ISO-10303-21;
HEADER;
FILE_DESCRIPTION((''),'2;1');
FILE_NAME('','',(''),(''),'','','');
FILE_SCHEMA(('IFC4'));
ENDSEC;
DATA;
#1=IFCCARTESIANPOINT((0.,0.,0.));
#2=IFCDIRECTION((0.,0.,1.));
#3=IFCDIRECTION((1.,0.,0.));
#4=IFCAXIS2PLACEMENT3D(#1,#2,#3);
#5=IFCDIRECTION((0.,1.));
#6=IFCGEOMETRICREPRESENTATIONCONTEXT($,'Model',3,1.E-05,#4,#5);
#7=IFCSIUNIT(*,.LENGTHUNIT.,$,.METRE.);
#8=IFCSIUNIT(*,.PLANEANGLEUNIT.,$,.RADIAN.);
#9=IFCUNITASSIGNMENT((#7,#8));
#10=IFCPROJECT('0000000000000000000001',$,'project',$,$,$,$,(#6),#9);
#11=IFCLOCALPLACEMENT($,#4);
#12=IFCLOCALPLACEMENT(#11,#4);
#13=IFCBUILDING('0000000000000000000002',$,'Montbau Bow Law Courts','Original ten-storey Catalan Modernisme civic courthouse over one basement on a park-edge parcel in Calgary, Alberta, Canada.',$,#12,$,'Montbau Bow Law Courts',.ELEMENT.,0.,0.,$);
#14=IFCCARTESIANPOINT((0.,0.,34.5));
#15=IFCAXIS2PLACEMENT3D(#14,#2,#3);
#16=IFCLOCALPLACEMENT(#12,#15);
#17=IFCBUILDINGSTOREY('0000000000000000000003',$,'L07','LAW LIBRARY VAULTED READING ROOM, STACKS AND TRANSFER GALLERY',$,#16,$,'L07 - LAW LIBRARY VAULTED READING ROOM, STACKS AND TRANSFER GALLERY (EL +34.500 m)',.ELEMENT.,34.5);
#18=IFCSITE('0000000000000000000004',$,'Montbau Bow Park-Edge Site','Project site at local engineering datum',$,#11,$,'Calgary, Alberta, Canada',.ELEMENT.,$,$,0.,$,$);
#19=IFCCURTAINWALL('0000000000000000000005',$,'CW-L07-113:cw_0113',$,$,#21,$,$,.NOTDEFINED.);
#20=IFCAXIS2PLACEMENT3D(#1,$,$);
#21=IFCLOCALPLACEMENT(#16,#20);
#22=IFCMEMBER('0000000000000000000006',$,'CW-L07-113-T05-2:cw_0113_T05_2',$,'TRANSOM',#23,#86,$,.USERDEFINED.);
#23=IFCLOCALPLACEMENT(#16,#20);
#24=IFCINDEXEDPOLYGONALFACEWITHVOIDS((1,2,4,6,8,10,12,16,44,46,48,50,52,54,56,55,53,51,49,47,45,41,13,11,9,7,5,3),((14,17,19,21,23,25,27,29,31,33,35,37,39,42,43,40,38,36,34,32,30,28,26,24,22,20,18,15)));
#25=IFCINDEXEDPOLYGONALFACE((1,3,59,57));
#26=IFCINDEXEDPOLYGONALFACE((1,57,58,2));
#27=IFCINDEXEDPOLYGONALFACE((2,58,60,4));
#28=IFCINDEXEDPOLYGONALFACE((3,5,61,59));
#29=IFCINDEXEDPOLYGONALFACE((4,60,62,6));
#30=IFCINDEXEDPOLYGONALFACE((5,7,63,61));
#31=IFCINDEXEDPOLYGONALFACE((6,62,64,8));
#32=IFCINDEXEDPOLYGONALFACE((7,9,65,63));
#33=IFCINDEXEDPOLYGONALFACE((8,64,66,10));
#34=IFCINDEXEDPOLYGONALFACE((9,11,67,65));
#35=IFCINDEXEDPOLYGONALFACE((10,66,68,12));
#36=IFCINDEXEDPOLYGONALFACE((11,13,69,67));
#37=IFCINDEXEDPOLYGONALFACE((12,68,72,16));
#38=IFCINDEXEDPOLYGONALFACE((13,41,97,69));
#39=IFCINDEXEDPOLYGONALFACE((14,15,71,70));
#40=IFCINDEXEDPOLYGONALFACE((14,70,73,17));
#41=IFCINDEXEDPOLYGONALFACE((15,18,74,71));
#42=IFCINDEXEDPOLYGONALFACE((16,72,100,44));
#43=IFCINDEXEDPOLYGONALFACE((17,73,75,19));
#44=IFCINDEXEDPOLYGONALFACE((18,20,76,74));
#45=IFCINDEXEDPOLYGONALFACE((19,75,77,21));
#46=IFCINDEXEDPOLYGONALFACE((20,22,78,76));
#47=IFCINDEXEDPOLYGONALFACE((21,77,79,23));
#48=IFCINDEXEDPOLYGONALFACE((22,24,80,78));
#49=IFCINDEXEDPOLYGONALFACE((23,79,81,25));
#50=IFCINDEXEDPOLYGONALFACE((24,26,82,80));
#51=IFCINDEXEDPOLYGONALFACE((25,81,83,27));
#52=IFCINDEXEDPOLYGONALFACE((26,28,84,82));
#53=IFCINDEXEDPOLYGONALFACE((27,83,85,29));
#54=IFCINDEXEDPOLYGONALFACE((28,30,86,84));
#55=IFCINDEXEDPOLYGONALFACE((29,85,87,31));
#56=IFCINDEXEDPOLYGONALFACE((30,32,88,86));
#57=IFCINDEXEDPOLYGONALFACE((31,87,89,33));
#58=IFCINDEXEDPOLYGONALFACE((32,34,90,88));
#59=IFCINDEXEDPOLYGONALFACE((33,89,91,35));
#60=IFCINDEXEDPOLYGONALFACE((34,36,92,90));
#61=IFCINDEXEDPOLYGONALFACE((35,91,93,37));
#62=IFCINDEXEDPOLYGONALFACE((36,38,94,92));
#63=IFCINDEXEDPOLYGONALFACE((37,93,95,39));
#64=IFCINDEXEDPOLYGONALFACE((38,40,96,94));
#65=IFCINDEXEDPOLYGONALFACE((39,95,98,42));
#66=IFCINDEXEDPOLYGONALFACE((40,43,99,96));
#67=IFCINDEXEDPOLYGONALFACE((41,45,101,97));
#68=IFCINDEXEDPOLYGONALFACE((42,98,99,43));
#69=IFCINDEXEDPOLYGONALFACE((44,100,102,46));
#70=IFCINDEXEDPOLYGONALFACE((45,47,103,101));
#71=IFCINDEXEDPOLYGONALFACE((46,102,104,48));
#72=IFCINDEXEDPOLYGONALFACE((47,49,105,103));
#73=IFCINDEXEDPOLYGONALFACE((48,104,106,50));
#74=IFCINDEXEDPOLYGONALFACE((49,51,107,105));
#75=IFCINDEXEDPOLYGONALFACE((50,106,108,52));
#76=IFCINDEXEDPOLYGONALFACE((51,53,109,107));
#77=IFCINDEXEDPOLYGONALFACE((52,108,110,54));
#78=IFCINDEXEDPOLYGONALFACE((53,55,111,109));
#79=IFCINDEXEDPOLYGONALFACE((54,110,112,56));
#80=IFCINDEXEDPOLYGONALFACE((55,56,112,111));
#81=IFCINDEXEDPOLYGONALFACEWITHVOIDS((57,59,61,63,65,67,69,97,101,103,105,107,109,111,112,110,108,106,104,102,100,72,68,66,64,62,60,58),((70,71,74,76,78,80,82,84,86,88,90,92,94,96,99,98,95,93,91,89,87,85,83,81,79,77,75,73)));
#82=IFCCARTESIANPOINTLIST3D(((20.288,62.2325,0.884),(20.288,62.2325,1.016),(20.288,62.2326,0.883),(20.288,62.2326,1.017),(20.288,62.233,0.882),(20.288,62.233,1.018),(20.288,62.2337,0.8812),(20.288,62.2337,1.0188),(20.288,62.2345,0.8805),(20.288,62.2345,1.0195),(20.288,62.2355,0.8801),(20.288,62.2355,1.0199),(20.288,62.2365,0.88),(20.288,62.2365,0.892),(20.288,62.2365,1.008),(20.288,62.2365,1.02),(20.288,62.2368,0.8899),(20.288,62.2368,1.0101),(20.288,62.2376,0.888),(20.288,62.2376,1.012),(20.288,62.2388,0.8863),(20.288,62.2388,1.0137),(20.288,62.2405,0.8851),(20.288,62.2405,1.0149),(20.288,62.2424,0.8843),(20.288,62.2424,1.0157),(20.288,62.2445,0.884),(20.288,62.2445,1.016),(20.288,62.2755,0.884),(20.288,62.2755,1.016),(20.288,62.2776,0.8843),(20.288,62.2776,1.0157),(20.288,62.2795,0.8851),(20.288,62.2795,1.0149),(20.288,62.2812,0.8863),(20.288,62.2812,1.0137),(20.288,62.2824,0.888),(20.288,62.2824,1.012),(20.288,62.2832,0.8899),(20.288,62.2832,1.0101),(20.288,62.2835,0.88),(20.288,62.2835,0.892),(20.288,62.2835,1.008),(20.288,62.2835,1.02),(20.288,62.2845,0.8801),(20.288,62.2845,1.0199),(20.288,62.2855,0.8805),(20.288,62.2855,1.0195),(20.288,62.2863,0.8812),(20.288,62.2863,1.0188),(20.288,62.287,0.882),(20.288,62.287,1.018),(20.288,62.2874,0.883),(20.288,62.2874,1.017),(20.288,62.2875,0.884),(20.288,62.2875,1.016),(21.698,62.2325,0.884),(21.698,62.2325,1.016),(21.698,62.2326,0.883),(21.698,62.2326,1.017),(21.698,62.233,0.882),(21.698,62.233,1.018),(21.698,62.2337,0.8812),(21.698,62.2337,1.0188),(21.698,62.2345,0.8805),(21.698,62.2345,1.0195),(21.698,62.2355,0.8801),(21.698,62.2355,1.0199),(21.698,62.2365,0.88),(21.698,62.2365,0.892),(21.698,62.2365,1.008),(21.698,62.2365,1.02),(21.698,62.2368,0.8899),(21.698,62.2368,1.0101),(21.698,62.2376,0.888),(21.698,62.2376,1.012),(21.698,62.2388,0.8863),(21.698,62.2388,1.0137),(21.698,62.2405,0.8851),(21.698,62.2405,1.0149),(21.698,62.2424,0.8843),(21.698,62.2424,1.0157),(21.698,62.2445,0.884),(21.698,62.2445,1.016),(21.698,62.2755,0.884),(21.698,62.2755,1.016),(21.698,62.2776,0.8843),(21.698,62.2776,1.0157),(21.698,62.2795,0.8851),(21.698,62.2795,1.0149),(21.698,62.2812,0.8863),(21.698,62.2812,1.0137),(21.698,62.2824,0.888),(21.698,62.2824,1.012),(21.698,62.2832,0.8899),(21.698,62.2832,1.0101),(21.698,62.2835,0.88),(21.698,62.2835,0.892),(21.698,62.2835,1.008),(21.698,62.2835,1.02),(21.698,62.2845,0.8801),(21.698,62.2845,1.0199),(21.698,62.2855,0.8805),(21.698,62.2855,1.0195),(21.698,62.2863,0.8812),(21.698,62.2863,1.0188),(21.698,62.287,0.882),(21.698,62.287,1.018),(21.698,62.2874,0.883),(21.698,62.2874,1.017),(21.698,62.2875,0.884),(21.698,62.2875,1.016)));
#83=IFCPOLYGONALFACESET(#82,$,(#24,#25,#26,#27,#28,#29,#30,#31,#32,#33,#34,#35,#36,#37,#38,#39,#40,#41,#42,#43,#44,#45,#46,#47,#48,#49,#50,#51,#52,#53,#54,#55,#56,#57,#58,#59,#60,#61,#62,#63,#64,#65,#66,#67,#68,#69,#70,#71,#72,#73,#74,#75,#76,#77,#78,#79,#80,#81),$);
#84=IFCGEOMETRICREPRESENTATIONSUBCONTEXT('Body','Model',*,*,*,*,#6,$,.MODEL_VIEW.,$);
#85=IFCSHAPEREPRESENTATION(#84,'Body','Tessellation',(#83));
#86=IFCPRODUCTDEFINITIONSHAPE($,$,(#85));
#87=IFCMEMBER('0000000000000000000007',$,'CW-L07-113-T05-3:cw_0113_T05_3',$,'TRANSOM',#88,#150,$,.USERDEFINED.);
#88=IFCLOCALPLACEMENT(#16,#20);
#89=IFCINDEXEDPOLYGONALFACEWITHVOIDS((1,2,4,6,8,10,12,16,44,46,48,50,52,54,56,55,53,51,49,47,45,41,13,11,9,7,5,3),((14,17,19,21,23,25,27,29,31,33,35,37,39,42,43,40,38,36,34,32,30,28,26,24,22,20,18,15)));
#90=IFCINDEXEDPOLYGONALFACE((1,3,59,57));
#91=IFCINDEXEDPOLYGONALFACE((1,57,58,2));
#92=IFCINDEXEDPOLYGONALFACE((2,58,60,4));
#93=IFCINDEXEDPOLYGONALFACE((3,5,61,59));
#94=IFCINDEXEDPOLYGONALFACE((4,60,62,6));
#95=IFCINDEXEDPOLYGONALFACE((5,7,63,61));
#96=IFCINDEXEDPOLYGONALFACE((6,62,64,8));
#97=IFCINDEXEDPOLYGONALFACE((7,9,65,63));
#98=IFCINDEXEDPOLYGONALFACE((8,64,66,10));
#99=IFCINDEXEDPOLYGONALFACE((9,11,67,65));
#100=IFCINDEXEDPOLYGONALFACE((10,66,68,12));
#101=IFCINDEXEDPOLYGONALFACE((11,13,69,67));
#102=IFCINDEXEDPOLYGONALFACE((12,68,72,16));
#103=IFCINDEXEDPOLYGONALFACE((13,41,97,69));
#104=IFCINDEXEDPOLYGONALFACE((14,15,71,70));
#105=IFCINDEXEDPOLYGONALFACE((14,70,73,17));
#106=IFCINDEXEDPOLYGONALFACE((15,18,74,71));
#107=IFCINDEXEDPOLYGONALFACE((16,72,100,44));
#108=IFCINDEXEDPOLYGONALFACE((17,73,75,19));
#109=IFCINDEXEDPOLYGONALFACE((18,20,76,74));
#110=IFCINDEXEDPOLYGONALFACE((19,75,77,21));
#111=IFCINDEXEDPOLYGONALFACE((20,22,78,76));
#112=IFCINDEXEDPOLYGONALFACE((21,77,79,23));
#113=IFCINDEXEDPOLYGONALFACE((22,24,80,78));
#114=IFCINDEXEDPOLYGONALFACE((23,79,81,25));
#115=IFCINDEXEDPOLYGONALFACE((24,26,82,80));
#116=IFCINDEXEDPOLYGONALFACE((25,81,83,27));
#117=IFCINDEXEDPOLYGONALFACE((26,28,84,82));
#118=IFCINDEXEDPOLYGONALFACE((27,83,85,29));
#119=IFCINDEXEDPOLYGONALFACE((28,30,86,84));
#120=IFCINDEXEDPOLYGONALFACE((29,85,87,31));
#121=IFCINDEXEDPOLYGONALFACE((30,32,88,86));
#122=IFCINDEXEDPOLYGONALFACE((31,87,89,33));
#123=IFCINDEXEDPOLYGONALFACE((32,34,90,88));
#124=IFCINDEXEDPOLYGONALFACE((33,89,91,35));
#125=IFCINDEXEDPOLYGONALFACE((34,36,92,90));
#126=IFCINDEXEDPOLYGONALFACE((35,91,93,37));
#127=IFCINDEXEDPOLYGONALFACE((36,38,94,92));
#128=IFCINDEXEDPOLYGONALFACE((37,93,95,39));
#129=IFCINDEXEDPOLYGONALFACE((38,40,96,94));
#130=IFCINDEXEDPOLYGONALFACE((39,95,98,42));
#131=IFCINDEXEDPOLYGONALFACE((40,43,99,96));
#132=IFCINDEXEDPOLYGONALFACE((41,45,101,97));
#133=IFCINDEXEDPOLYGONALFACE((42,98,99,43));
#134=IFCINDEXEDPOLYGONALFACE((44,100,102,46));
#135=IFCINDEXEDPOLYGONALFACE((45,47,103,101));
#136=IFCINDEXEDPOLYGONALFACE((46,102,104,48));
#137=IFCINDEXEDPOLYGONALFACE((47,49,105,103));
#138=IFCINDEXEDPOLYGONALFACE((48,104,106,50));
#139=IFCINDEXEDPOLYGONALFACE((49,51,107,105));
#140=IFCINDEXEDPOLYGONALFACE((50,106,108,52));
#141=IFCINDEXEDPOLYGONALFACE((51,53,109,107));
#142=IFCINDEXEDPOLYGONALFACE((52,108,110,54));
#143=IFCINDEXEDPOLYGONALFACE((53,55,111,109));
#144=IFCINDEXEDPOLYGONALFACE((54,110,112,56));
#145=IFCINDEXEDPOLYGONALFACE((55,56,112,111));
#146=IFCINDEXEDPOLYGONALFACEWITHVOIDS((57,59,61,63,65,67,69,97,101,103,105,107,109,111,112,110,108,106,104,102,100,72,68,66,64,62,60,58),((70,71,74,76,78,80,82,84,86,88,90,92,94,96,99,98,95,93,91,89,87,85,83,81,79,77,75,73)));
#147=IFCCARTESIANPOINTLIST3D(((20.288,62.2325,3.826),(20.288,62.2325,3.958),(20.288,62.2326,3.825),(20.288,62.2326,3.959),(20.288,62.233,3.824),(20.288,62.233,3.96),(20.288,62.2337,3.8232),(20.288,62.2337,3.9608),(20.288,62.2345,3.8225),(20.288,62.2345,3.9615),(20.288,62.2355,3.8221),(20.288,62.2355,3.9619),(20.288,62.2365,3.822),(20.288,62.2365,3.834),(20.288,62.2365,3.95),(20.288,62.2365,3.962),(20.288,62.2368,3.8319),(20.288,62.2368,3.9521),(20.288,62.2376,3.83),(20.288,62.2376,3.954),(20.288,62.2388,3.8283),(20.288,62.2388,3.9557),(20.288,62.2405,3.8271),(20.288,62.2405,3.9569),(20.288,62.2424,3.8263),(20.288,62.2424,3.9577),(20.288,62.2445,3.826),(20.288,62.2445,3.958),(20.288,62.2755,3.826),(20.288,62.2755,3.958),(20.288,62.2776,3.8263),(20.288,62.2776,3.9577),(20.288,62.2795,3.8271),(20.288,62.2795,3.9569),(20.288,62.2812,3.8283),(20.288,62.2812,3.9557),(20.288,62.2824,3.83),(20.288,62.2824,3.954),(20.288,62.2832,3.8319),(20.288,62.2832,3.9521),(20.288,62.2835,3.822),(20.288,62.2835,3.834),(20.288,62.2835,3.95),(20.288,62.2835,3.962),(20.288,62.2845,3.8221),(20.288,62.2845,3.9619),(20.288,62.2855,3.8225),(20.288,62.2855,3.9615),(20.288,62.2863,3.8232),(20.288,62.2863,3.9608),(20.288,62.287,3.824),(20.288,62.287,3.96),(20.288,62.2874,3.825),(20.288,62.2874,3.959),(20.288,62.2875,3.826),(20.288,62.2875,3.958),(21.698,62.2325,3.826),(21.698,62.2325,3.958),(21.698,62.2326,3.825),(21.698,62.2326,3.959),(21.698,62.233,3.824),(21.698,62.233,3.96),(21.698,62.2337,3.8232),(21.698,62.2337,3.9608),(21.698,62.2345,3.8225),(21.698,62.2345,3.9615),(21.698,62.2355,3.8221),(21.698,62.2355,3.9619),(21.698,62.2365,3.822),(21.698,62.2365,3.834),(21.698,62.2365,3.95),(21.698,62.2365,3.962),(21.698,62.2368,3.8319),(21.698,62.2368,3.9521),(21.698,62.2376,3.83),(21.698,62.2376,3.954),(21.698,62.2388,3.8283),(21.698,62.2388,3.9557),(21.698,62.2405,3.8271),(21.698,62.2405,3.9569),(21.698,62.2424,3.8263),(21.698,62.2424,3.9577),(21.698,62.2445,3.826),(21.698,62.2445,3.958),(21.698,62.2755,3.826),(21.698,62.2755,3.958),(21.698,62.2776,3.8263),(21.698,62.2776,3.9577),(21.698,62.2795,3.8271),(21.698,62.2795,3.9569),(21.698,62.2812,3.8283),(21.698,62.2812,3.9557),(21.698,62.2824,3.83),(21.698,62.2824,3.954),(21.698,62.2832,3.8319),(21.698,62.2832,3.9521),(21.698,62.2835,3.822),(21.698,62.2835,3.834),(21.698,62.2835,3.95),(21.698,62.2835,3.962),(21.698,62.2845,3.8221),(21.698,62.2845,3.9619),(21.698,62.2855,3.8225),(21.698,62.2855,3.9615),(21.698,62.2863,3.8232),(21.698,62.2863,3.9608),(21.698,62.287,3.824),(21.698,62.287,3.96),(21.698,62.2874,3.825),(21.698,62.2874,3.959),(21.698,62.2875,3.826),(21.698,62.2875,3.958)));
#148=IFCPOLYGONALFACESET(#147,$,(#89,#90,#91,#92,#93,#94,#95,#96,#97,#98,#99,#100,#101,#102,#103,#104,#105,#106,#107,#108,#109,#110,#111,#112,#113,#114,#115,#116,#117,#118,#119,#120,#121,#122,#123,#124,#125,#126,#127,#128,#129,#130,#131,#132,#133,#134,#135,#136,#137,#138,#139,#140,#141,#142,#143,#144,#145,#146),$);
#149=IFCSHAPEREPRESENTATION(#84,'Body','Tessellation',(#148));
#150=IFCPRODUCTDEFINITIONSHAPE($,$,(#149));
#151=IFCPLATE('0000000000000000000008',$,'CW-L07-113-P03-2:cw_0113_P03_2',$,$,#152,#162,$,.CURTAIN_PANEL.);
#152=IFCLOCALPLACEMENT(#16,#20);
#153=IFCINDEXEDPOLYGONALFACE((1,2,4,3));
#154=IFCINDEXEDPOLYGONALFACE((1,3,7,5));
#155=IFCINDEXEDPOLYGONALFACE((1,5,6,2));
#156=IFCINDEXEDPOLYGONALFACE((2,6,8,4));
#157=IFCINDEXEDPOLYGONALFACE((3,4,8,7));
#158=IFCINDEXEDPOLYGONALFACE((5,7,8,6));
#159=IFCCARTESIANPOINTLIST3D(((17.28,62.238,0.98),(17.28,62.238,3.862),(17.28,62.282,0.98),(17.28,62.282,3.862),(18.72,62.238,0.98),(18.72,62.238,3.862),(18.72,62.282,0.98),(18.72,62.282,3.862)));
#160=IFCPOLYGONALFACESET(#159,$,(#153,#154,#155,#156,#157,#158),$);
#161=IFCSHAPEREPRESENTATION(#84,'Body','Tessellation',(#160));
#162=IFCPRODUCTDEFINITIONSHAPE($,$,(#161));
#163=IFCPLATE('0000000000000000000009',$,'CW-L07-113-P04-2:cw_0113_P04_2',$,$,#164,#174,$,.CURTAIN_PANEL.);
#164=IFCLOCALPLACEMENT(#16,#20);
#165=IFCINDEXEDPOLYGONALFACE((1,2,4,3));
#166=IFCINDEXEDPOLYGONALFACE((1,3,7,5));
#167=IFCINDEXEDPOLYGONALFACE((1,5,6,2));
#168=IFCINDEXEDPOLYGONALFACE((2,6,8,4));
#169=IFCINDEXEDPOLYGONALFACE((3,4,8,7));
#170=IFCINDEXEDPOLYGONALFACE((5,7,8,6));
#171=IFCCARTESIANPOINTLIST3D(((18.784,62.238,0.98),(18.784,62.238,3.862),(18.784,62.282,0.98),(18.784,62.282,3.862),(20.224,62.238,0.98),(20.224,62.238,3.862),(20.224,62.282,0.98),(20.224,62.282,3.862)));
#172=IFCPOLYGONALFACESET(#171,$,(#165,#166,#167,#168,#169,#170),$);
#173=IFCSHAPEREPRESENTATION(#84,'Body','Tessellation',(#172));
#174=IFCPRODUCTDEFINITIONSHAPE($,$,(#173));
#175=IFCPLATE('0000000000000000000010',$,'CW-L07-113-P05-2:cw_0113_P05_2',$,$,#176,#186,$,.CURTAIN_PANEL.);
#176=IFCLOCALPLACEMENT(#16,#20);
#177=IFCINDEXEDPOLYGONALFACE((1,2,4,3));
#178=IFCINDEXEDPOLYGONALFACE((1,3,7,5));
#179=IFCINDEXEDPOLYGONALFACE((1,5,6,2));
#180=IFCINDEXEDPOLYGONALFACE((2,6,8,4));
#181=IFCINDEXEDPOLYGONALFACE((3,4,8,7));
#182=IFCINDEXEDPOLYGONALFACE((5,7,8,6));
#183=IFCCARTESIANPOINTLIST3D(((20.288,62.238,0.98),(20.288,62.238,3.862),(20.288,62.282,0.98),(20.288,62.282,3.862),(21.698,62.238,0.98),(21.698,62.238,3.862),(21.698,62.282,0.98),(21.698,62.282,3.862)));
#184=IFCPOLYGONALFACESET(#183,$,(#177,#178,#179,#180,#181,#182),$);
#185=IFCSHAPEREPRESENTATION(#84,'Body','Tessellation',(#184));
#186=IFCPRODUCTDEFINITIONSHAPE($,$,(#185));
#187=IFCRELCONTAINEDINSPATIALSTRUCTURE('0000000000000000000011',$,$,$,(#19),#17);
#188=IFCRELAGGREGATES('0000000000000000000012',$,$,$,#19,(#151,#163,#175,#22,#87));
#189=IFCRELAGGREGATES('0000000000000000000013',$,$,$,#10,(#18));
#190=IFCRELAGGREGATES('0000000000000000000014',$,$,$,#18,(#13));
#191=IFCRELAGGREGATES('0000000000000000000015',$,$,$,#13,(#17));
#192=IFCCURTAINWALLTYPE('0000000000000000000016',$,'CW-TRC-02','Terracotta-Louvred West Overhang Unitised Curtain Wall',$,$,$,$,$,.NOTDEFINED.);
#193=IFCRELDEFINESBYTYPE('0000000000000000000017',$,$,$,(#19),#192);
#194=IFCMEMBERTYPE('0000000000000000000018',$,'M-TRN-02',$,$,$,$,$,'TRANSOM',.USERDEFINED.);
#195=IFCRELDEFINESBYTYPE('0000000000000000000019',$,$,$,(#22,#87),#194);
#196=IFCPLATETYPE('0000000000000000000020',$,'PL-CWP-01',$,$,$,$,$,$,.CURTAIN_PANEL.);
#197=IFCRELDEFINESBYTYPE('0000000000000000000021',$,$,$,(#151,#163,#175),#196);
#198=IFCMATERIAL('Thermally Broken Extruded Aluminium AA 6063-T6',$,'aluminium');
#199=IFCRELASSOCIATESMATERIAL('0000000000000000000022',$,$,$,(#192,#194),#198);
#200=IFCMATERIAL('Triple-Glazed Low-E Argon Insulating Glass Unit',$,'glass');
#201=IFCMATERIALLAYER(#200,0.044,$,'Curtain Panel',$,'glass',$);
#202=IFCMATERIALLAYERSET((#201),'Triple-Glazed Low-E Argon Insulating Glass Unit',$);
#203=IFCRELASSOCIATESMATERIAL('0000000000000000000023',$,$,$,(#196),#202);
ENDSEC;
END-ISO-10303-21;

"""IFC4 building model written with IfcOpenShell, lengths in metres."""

from ifc_helpers import new_model, si_unit, direction, frame, frame_2d, origin_with_axes, origin_2d_with_axis, place, context, subcontext, project, spatial, rectangle, hollow_rectangle, extrude, material, layer, layer_set, material_profile, profile_set, type_object, element, aggregate, save


model = new_model("IFC4")

# Units and contexts
model_context = context("Model", 3, precision=1e-05, world=origin_with_axes(), true_north=direction((0.0, 1.0)))
body_context = subcontext(model_context, "Body", "Model", "MODEL_VIEW")
ifc_project = project(units=[si_unit("LENGTHUNIT", "METRE"), si_unit("PLANEANGLEUNIT", "RADIAN")], contexts=[model_context])

# Site, building, storey
site_placement = place(None, origin_with_axes())
site = spatial("IfcSite", under=ifc_project, at=site_placement, Name="Montbau Bow Park-Edge Site", Description="Project site at local engineering datum", LongName="Calgary, Alberta, Canada", CompositionType="ELEMENT", RefElevation=0.0)
building_placement = place(site_placement, origin_with_axes())
building = spatial("IfcBuilding", under=site, at=building_placement, Name="Montbau Bow Law Courts", Description="Original ten-storey Catalan Modernisme civic courthouse over one basement on a park-edge parcel in Calgary, Alberta, Canada.", LongName="Montbau Bow Law Courts", CompositionType="ELEMENT", ElevationOfRefHeight=0.0, ElevationOfTerrain=0.0)
storey_placement = place(building_placement, frame((0.0, 0.0, 34.5), z_axis=(0.0, 0.0, 1.0), x_axis=(1.0, 0.0, 0.0)))
storey = spatial("IfcBuildingStorey", under=building, at=storey_placement, Name="L07", Description="LAW LIBRARY VAULTED READING ROOM, STACKS AND TRANSFER GALLERY", LongName="L07 - LAW LIBRARY VAULTED READING ROOM, STACKS AND TRANSFER GALLERY (EL +34.500 m)", CompositionType="ELEMENT", Elevation=34.5)

# Curtain wall, members, plates
ifc_material_1 = material(Name="Thermally Broken Extruded Aluminium AA 6063-T6", Category="aluminium")
curtain_wall_type = type_object("IfcCurtainWallType", Name="CW-TRC-02", Description="Terracotta-Louvred West Overhang Unitised Curtain Wall", PredefinedType="NOTDEFINED", material=ifc_material_1)
curtain_wall_placement = place(None, frame((14.24, 62.26, 34.5), z_axis=(0.0, 0.0, 1.0), x_axis=(1.0, 0.0, 0.0)))
curtain_wall = element("IfcCurtainWall", 1, at=curtain_wall_placement, inside=storey, type_object=curtain_wall_type, Name="CW-L07-113:cw_0113", PredefinedType="NOTDEFINED")
ifc_material_profile_1 = material_profile(ifc_material_1, hollow_rectangle(XDim=0.055, YDim=0.14, WallThickness=0.004, InnerFilletRadius=0.008, OuterFilletRadius=0.004, at=origin_2d_with_axis()), Name="CWT-140X55", Category="Main", Priority=0)
ifc_profile_set_1 = profile_set([ifc_material_profile_1], Name="Thermally Broken Extruded Aluminium AA 6063-T6")
member_type_1 = type_object("IfcMemberType", Name="M-TRN-02", ElementType="TRANSOM", PredefinedType="USERDEFINED", material=ifc_profile_set_1)
member_1_placement = place(None, frame((20.288, 62.26, 35.45), z_axis=(1.0, 0.0, 0.0), x_axis=(0.0, 1.0, 0.0)))
member_1 = element("IfcMember", 2, at=member_1_placement, type_object=member_type_1, Name="CW-L07-113-T05-2:cw_0113_T05_2", ObjectType="TRANSOM", PredefinedType="USERDEFINED", context=body_context, shape_type="SweptSolid", body=[
    extrude(hollow_rectangle(XDim=0.055, YDim=0.14, WallThickness=0.004, InnerFilletRadius=0.008, OuterFilletRadius=0.004, at=origin_2d_with_axis()), origin_with_axes(), (0.0, 0.0, 1.0), 1.41),
])
member_2_placement = place(None, frame((20.288, 62.26, 38.392), z_axis=(1.0, 0.0, 0.0), x_axis=(0.0, 1.0, 0.0)))
member_2 = element("IfcMember", 3, at=member_2_placement, type_object=member_type_1, Name="CW-L07-113-T05-3:cw_0113_T05_3", ObjectType="TRANSOM", PredefinedType="USERDEFINED", context=body_context, shape_type="SweptSolid", body=[
    extrude(hollow_rectangle(XDim=0.055, YDim=0.14, WallThickness=0.004, InnerFilletRadius=0.008, OuterFilletRadius=0.004, at=origin_2d_with_axis()), origin_with_axes(), (0.0, 0.0, 1.0), 1.41),
])
ifc_material_2 = material(Name="Triple-Glazed Low-E Argon Insulating Glass Unit", Category="glass")
ifc_layer_1 = layer(ifc_material_2, 0.044, Name="Curtain Panel", Category="glass")
ifc_layer_set_1 = layer_set([ifc_layer_1], Name="Triple-Glazed Low-E Argon Insulating Glass Unit")
plate_type_1 = type_object("IfcPlateType", Name="PL-CWP-01", PredefinedType="CURTAIN_PANEL", material=ifc_layer_set_1)
plate_1_placement = place(None, frame((17.28, 62.26, 35.48), z_axis=(0.0, -1.0, 0.0), x_axis=(1.0, 0.0, 0.0)))
plate_1 = element("IfcPlate", 4, at=plate_1_placement, type_object=plate_type_1, Name="CW-L07-113-P03-2:cw_0113_P03_2", PredefinedType="CURTAIN_PANEL", context=body_context, shape_type="SweptSolid", body=[
    extrude(rectangle(XDim=1.44, YDim=2.882, at=frame_2d((0.72, 1.441), x_axis=(1.0, 0.0))), frame((0.0, 0.0, -0.022), z_axis=(0.0, 0.0, 1.0), x_axis=(1.0, 0.0, 0.0)), (0.0, 0.0, 1.0), 0.044),
])
plate_2_placement = place(None, frame((18.784, 62.26, 35.48), z_axis=(0.0, -1.0, 0.0), x_axis=(1.0, 0.0, 0.0)))
plate_2 = element("IfcPlate", 5, at=plate_2_placement, type_object=plate_type_1, Name="CW-L07-113-P04-2:cw_0113_P04_2", PredefinedType="CURTAIN_PANEL", context=body_context, shape_type="SweptSolid", body=[
    extrude(rectangle(XDim=1.44, YDim=2.882, at=frame_2d((0.72, 1.441), x_axis=(1.0, 0.0))), frame((0.0, 0.0, -0.022), z_axis=(0.0, 0.0, 1.0), x_axis=(1.0, 0.0, 0.0)), (0.0, 0.0, 1.0), 0.044),
])
plate_3_placement = place(None, frame((20.288, 62.26, 35.48), z_axis=(0.0, -1.0, 0.0), x_axis=(1.0, 0.0, 0.0)))
plate_3 = element("IfcPlate", 6, at=plate_3_placement, type_object=plate_type_1, Name="CW-L07-113-P05-2:cw_0113_P05_2", PredefinedType="CURTAIN_PANEL", context=body_context, shape_type="SweptSolid", body=[
    extrude(rectangle(XDim=1.41, YDim=2.882, at=frame_2d((0.705, 1.441), x_axis=(1.0, 0.0))), frame((0.0, 0.0, -0.022), z_axis=(0.0, 0.0, 1.0), x_axis=(1.0, 0.0, 0.0)), (0.0, 0.0, 1.0), 0.044),
])
aggregate(curtain_wall, [plate_1, plate_2, plate_3, member_1, member_2])

save(model, "model.ifc")
